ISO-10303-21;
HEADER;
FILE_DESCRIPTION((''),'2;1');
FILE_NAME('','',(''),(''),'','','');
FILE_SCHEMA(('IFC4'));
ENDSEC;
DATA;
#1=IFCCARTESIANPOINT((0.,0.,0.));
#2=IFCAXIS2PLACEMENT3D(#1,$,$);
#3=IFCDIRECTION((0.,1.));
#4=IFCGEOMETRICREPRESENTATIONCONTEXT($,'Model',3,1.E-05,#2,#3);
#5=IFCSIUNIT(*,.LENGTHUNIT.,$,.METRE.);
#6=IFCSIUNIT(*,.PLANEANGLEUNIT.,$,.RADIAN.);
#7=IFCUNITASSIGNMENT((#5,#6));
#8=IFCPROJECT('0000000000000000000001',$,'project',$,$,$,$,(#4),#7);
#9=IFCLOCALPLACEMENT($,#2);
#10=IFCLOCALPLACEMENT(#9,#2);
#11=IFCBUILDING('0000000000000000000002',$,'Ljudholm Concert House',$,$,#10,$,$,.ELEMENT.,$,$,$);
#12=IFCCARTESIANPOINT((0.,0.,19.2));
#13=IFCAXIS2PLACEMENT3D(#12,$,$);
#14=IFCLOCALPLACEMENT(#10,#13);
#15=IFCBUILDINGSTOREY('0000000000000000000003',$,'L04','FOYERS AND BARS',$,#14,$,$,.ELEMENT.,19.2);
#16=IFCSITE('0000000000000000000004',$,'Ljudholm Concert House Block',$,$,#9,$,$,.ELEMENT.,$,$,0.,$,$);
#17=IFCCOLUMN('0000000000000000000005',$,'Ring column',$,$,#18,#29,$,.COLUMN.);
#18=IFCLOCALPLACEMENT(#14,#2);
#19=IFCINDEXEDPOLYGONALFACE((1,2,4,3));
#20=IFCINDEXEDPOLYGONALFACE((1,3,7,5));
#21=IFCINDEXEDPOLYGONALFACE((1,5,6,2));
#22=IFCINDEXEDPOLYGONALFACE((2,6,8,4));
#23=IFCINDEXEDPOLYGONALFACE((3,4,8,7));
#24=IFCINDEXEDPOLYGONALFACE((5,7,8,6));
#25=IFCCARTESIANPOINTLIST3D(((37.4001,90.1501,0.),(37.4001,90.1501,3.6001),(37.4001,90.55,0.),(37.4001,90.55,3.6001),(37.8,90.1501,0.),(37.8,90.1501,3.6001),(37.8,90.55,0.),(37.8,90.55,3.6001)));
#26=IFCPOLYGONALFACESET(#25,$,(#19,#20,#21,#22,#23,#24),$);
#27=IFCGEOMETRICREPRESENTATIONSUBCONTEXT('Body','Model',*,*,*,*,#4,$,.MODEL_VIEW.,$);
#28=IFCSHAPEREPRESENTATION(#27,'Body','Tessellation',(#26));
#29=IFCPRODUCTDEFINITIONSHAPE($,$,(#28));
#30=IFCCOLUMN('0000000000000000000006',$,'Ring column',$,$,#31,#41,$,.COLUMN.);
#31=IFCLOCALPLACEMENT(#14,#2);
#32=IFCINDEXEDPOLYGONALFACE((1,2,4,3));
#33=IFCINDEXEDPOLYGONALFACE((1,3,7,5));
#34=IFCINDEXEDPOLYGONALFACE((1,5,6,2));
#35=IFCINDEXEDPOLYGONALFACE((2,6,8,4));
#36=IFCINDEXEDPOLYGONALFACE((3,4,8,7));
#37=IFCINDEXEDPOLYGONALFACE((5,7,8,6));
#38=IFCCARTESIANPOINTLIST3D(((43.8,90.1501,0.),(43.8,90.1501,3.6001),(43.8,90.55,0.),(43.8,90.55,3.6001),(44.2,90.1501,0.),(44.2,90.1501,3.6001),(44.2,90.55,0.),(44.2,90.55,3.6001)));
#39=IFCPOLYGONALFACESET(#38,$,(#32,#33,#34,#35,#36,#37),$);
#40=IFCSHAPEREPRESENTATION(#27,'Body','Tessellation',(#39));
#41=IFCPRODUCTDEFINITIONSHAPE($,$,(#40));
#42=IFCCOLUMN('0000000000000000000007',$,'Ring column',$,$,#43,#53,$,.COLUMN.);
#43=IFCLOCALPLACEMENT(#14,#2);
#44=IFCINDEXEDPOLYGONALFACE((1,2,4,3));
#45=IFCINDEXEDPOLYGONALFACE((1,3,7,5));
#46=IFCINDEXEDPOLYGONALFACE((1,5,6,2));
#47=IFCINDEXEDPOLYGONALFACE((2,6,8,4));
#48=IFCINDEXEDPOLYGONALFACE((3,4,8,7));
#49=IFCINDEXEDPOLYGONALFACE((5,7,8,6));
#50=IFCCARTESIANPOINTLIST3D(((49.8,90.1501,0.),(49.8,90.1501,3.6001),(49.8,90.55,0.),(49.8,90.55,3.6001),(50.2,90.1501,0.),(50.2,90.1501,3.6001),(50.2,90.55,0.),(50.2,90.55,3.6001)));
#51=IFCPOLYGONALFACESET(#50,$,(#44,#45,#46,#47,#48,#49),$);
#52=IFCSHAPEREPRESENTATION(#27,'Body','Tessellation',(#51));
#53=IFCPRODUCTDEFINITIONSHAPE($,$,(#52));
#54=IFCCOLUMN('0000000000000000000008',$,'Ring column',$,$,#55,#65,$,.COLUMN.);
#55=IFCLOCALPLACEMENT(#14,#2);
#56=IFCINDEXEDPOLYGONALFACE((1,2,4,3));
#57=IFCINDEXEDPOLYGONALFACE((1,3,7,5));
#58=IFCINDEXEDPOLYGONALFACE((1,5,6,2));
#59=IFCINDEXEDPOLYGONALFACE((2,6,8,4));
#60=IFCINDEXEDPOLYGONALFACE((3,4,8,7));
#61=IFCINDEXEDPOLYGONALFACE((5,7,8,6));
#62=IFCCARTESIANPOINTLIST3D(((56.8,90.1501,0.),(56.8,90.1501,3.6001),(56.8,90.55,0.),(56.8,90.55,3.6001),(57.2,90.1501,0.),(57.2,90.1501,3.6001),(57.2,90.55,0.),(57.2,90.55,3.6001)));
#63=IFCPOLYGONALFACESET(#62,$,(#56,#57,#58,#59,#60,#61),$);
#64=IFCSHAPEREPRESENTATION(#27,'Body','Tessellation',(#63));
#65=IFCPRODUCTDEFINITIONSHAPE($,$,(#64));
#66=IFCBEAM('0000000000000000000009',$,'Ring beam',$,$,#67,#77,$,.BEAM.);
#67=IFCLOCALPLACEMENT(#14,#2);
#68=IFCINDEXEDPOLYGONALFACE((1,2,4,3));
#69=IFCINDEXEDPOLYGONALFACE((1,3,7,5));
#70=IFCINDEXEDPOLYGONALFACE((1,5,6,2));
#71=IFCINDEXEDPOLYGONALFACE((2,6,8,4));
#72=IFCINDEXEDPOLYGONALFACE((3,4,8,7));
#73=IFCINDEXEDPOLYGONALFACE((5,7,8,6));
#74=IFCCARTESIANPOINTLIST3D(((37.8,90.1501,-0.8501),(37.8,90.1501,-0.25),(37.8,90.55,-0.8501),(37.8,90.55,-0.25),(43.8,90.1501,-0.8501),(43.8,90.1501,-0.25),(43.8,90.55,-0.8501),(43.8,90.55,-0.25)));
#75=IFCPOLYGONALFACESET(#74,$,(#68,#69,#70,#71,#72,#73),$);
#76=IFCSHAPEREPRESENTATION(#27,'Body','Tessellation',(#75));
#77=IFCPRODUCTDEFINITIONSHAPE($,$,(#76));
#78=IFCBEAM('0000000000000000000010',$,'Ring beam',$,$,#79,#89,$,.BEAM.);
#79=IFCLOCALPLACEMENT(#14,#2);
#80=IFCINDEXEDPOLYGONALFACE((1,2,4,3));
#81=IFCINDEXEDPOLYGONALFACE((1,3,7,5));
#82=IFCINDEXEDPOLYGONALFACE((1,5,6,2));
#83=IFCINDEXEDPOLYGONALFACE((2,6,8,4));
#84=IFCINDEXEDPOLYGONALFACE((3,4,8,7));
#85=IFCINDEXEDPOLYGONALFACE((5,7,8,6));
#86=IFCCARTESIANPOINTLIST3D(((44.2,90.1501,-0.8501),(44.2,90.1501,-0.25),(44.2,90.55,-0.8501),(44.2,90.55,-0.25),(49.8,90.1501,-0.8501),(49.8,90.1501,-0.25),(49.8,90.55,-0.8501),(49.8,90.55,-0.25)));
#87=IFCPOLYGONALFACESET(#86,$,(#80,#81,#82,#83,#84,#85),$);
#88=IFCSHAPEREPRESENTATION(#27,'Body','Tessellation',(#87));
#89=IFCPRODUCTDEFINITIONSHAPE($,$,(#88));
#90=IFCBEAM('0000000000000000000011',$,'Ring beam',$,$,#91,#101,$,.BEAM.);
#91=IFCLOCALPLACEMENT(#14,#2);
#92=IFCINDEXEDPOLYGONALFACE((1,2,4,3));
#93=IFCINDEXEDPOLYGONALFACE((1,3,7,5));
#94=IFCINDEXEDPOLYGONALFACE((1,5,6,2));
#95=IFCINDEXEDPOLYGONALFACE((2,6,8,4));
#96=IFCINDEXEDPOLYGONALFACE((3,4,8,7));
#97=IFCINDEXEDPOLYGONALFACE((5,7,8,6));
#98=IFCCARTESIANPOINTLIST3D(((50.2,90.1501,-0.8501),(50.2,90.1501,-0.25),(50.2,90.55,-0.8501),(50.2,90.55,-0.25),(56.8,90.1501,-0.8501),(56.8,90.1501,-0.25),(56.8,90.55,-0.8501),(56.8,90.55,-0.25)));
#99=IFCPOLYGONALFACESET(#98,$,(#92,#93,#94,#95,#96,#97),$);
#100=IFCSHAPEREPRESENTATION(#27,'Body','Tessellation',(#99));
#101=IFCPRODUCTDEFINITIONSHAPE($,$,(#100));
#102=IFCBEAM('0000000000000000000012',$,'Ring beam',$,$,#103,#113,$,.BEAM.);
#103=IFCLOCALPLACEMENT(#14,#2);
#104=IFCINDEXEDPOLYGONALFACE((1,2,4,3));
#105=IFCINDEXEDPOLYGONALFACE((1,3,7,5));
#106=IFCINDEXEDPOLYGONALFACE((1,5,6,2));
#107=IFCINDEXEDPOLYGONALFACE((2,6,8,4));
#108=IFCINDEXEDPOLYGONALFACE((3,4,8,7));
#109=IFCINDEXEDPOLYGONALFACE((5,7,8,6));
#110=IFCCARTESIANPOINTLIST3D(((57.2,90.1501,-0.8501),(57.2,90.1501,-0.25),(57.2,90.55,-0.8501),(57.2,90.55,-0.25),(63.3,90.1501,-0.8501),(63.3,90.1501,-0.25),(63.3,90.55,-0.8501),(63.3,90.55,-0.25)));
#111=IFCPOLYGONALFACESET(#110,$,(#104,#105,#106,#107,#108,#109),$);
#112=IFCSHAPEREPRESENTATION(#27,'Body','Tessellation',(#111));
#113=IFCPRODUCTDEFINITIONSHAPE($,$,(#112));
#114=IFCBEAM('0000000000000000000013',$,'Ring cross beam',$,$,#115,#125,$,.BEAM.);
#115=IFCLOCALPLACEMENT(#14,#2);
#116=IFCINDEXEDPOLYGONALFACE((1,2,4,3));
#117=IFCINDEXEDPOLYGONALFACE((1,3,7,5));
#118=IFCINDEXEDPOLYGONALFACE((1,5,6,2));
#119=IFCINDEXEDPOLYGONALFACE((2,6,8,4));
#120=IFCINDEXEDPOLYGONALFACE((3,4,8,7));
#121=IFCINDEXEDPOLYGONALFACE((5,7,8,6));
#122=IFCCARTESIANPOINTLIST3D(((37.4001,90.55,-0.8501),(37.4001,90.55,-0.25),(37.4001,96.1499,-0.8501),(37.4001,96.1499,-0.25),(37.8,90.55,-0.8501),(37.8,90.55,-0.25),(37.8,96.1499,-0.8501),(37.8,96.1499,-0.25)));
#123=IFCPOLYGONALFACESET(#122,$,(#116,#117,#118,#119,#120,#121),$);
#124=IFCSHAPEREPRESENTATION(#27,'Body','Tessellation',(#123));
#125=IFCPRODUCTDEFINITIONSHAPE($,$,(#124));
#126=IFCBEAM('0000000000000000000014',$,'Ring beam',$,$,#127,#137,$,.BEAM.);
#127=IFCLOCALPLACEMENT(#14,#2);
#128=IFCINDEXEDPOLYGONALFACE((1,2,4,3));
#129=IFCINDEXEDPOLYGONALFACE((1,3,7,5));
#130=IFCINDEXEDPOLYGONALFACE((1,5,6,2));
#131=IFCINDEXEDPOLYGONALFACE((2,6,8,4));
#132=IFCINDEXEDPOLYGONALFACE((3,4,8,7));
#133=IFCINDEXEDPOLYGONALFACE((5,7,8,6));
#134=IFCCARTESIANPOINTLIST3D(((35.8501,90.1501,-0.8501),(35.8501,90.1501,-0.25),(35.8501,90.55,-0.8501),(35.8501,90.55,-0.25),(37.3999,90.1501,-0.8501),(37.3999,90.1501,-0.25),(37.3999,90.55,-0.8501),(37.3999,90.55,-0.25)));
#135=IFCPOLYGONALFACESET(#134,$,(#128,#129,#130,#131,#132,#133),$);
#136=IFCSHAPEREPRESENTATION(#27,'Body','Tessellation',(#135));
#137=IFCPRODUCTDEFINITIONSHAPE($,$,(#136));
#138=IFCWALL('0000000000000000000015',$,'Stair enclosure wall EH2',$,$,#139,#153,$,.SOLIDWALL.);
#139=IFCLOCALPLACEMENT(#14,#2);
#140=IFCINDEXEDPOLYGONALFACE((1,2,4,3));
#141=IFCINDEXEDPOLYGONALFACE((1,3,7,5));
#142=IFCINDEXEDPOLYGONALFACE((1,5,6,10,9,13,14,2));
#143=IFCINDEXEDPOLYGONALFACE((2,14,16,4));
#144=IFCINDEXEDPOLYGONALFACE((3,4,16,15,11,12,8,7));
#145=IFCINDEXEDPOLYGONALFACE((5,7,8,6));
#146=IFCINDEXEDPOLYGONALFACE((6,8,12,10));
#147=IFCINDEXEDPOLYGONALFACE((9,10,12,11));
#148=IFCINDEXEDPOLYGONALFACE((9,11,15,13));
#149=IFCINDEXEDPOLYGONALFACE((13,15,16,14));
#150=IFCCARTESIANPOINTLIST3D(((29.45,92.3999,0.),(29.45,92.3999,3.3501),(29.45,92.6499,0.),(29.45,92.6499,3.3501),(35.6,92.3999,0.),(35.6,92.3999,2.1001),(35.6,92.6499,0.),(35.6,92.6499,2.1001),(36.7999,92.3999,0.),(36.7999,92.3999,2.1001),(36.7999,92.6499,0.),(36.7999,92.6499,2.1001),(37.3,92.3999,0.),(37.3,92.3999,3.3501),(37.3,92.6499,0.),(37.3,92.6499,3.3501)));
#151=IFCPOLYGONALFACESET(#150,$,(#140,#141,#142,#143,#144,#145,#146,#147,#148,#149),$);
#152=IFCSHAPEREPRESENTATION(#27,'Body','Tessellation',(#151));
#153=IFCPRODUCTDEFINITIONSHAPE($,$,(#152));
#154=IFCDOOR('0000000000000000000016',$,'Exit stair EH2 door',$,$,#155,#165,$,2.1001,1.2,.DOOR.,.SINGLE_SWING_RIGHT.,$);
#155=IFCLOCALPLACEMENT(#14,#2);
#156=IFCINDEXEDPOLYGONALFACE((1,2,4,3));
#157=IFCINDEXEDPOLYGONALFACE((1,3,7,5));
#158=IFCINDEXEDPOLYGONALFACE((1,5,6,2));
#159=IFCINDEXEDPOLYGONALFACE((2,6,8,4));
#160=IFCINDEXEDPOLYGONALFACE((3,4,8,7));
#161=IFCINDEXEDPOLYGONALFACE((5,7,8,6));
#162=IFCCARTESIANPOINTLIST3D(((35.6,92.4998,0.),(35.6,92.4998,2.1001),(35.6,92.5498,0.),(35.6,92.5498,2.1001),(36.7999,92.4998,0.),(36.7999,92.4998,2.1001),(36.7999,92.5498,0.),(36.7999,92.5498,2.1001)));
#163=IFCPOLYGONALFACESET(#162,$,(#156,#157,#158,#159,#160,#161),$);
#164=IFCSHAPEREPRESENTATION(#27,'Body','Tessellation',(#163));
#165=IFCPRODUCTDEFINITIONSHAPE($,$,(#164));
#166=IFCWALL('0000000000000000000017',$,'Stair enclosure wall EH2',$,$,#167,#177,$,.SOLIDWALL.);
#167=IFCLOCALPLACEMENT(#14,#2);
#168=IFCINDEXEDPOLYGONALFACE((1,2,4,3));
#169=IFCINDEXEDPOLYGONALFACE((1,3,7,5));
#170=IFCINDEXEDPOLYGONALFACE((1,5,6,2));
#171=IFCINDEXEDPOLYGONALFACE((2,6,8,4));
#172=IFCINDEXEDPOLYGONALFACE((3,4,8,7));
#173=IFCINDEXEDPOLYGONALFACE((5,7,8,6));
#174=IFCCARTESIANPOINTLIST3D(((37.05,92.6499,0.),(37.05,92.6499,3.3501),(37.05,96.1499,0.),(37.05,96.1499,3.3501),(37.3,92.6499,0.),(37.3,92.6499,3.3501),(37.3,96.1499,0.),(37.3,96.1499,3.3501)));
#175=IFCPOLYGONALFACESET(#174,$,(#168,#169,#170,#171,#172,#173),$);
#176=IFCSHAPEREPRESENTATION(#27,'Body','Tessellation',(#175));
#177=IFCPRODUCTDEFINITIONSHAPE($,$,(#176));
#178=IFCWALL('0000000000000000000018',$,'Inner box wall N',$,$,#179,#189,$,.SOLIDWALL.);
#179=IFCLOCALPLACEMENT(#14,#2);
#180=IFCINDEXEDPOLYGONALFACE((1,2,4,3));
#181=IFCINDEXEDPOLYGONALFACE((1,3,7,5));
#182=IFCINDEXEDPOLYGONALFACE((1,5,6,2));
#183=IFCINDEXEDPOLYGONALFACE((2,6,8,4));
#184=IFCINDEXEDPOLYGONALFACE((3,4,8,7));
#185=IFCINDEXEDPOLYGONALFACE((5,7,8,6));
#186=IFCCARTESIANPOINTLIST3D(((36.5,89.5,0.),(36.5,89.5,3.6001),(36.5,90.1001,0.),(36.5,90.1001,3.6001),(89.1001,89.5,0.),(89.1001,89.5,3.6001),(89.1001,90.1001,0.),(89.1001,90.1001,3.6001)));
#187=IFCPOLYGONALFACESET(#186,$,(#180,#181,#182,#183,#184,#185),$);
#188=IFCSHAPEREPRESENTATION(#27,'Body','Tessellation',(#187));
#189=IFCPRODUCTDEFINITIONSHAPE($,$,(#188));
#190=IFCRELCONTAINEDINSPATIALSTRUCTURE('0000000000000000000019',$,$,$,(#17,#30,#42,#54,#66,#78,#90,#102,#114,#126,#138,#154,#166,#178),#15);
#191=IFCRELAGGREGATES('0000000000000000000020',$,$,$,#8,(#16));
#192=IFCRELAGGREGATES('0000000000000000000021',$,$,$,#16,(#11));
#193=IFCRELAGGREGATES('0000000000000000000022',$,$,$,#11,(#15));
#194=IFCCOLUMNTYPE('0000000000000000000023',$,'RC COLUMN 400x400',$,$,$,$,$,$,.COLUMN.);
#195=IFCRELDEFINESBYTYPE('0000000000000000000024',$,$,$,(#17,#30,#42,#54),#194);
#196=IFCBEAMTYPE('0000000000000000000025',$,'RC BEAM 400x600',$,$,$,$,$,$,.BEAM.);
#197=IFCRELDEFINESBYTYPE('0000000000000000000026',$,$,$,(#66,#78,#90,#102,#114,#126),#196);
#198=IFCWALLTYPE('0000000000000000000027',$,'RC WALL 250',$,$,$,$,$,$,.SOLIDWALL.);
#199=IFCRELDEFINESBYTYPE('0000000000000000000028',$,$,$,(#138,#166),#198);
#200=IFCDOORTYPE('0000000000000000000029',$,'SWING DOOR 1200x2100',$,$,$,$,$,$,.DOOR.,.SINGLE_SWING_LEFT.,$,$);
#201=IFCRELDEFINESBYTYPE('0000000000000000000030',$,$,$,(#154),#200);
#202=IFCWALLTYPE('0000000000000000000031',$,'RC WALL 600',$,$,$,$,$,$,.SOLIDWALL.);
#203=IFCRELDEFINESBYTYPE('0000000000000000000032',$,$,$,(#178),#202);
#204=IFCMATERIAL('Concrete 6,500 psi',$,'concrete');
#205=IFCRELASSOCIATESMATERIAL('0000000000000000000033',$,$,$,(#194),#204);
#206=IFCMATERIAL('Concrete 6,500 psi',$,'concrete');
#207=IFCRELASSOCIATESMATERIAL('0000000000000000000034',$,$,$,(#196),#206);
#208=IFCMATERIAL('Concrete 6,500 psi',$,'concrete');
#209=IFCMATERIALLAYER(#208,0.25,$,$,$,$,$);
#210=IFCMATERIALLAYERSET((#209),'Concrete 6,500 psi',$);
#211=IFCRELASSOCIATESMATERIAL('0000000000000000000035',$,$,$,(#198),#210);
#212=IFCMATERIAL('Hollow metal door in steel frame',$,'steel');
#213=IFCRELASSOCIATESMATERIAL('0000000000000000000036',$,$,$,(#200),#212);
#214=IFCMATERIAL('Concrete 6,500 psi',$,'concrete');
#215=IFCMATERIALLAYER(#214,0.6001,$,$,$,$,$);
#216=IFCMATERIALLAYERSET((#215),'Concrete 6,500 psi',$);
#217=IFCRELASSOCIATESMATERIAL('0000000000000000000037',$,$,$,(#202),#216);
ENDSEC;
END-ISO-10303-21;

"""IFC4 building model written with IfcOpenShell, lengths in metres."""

from ifc_helpers import new_model, si_unit, direction, frame, frame_2d, origin, origin_2d, place, context, subcontext, project, spatial, rectangle, extrude, material, layer, layer_set, material_profile, profile_set, type_object, element, fill, save


model = new_model("IFC4")

# Units and contexts
model_context = context("Model", 3, precision=1e-05, world=origin(), true_north=direction((0.0, 1.0)))
body_context = subcontext(model_context, "Body", "Model", "MODEL_VIEW")
ifc_project = project(units=[si_unit("LENGTHUNIT", "METRE"), si_unit("PLANEANGLEUNIT", "RADIAN")], contexts=[model_context])

# Site, building, storey
site_placement = place(None, origin())
site = spatial("IfcSite", under=ifc_project, at=site_placement, Name="Ljudholm Concert House Block", CompositionType="ELEMENT", RefElevation=0.0)
building_placement = place(site_placement, origin())
building = spatial("IfcBuilding", under=site, at=building_placement, Name="Ljudholm Concert House", CompositionType="ELEMENT")
storey_placement = place(building_placement, frame((0.0, 0.0, 19.2)))
storey = spatial("IfcBuildingStorey", under=building, at=storey_placement, Name="L04", Description="FOYERS AND BARS", CompositionType="ELEMENT", Elevation=19.2)

# Columns
ifc_material_1 = material(Name="Concrete 6,500 psi", Category="concrete")
ifc_material_profile_1 = material_profile(ifc_material_1, rectangle(XDim=0.3999, YDim=0.3999, at=origin_2d()), Name="RC COLUMN 400x400")
ifc_profile_set_1 = profile_set([ifc_material_profile_1], Name="Concrete 6,500 psi")
column_type = type_object("IfcColumnType", Name="RC COLUMN 400x400", PredefinedType="COLUMN", material=ifc_profile_set_1)
for number, where, z_axis, x_axis, name in (
    (1, (37.6001, 90.3501, 0.0), (0.0, 0.0, 1.0), (1.0, 0.0, 0.0), "Ring column"),
    (2, (44.0, 90.3501, 0.0), (0.0, 0.0, 1.0), (1.0, 0.0, 0.0), "Ring column"),
    (3, (50.0, 90.3501, 0.0), (0.0, 0.0, 1.0), (1.0, 0.0, 0.0), "Ring column"),
    (4, (57.0, 90.3501, 0.0), (0.0, 0.0, 1.0), (1.0, 0.0, 0.0), "Ring column"),
):
    element("IfcColumn", number, at=place(storey_placement, frame(where, z_axis=z_axis, x_axis=x_axis)), inside=storey, type_object=column_type, Name=name, PredefinedType="COLUMN", context=body_context, shape_type="SweptSolid", body=[
        extrude(rectangle(XDim=0.3999, YDim=0.3999, at=origin_2d()), origin(), (0.0, 0.0, 1.0), 3.6001),
    ])

# Beams
ifc_material_2 = material(Name="Concrete 6,500 psi", Category="concrete")
ifc_material_profile_2 = material_profile(ifc_material_2, rectangle(XDim=0.3999, YDim=0.6001, at=origin_2d()), Name="RC BEAM 400x600")
ifc_profile_set_2 = profile_set([ifc_material_profile_2], Name="Concrete 6,500 psi")
beam_type = type_object("IfcBeamType", Name="RC BEAM 400x600", PredefinedType="BEAM", material=ifc_profile_set_2)
beam_1_placement = place(storey_placement, frame((37.8, 90.3501, -0.55), z_axis=(1.0, 0.0, 0.0), x_axis=(0.0, 1.0, 0.0)))
element("IfcBeam", 5, at=beam_1_placement, inside=storey, type_object=beam_type, Name="Ring beam", PredefinedType="BEAM", context=body_context, shape_type="SweptSolid", body=[
    extrude(rectangle(XDim=0.3999, YDim=0.6001, at=origin_2d()), origin(), (0.0, 0.0, 1.0), 6.0),
])
beam_2_placement = place(storey_placement, frame((44.2, 90.3501, -0.55), z_axis=(1.0, 0.0, 0.0), x_axis=(0.0, 1.0, 0.0)))
element("IfcBeam", 6, at=beam_2_placement, inside=storey, type_object=beam_type, Name="Ring beam", PredefinedType="BEAM", context=body_context, shape_type="SweptSolid", body=[
    extrude(rectangle(XDim=0.3999, YDim=0.6001, at=origin_2d()), origin(), (0.0, 0.0, 1.0), 5.6001),
])
beam_3_placement = place(storey_placement, frame((50.2, 90.3501, -0.55), z_axis=(1.0, 0.0, 0.0), x_axis=(0.0, 1.0, 0.0)))
element("IfcBeam", 7, at=beam_3_placement, inside=storey, type_object=beam_type, Name="Ring beam", PredefinedType="BEAM", context=body_context, shape_type="SweptSolid", body=[
    extrude(rectangle(XDim=0.3999, YDim=0.6001, at=origin_2d()), origin(), (0.0, 0.0, 1.0), 6.6001),
])
beam_4_placement = place(storey_placement, frame((57.2, 90.3501, -0.55), z_axis=(1.0, 0.0, 0.0), x_axis=(0.0, 1.0, 0.0)))
element("IfcBeam", 8, at=beam_4_placement, inside=storey, type_object=beam_type, Name="Ring beam", PredefinedType="BEAM", context=body_context, shape_type="SweptSolid", body=[
    extrude(rectangle(XDim=0.3999, YDim=0.6001, at=origin_2d()), origin(), (0.0, 0.0, 1.0), 6.1001),
])
beam_5_placement = place(storey_placement, frame((37.6001, 90.55, -0.55), z_axis=(0.0, 1.0, 0.0), x_axis=(-1.0, 0.0, 0.0)))
element("IfcBeam", 9, at=beam_5_placement, inside=storey, type_object=beam_type, Name="Ring cross beam", PredefinedType="BEAM", context=body_context, shape_type="SweptSolid", body=[
    extrude(rectangle(XDim=0.3999, YDim=0.6001, at=origin_2d()), origin(), (0.0, 0.0, 1.0), 5.5999),
])
beam_6_placement = place(storey_placement, frame((35.8501, 90.3501, -0.55), z_axis=(1.0, 0.0, 0.0), x_axis=(0.0, 1.0, 0.0)))
element("IfcBeam", 10, at=beam_6_placement, inside=storey, type_object=beam_type, Name="Ring beam", PredefinedType="BEAM", context=body_context, shape_type="SweptSolid", body=[
    extrude(rectangle(XDim=0.3999, YDim=0.6001, at=origin_2d()), origin(), (0.0, 0.0, 1.0), 1.5498),
])

# Wall, opening, door
ifc_material_3 = material(Name="Concrete 6,500 psi", Category="concrete")
ifc_layer_1 = layer(ifc_material_3, 0.25)
ifc_layer_set_1 = layer_set([ifc_layer_1], Name="Concrete 6,500 psi")
wall_type_1 = type_object("IfcWallType", Name="RC WALL 250", PredefinedType="SOLIDWALL", material=ifc_layer_set_1)
wall_1_placement = place(storey_placement, frame((29.45, 92.5249, 0.0), z_axis=(0.0, 0.0, 1.0), x_axis=(1.0, 0.0, 0.0)))
wall_1 = element("IfcWall", 11, at=wall_1_placement, inside=storey, type_object=wall_type_1, Name="Stair enclosure wall EH2", PredefinedType="SOLIDWALL", context=body_context, shape_type="SweptSolid", body=[
    extrude(rectangle(XDim=7.8501, YDim=0.25, at=frame_2d((3.925, 0.0))), origin(), (0.0, 0.0, 1.0), 3.3501),
])
opening_placement = place(wall_1_placement, frame((6.1499, 0.0, 0.0)))
opening = element("IfcOpeningElement", 12, at=opening_placement, cuts=wall_1, PredefinedType="OPENING", context=body_context, shape_type="SweptSolid", body=[
    extrude(rectangle(XDim=1.2, YDim=2.1001, at=frame_2d((0.6001, 1.05))), frame((0.0, 0.135, 0.0), z_axis=(0.0, -1.0, 0.0), x_axis=(1.0, 0.0, 0.0)), (0.0, 0.0, 1.0), 0.27),
])
ifc_material_4 = material(Name="Hollow metal door in steel frame", Category="steel")
door_type = type_object("IfcDoorType", Name="SWING DOOR 1200x2100", OperationType="SINGLE_SWING_LEFT", PredefinedType="DOOR", material=ifc_material_4)
door_placement = place(opening_placement, origin())
door = element("IfcDoor", 13, at=door_placement, inside=storey, type_object=door_type, Name="Exit stair EH2 door", OperationType="SINGLE_SWING_RIGHT", OverallHeight=2.1001, OverallWidth=1.2, PredefinedType="DOOR", context=body_context, shape_type="SweptSolid", body=[
    extrude(rectangle(XDim=1.2, YDim=2.1001, at=frame_2d((0.6001, 1.05))), frame((0.0, 0.0249, 0.0), z_axis=(0.0, -1.0, 0.0), x_axis=(1.0, 0.0, 0.0)), (0.0, 0.0, 1.0), 0.05),
])
fill(opening, door)

# Walls
wall_2_placement = place(storey_placement, frame((37.175, 92.6499, 0.0), z_axis=(0.0, 0.0, 1.0), x_axis=(0.0, 1.0, 0.0)))
element("IfcWall", 14, at=wall_2_placement, inside=storey, type_object=wall_type_1, Name="Stair enclosure wall EH2", PredefinedType="SOLIDWALL", context=body_context, shape_type="SweptSolid", body=[
    extrude(rectangle(XDim=3.5, YDim=0.25, at=frame_2d((1.75, 0.0))), origin(), (0.0, 0.0, 1.0), 3.3501),
])
ifc_material_5 = material(Name="Concrete 6,500 psi", Category="concrete")
ifc_layer_2 = layer(ifc_material_5, 0.6001)
ifc_layer_set_2 = layer_set([ifc_layer_2], Name="Concrete 6,500 psi")
wall_type_2 = type_object("IfcWallType", Name="RC WALL 600", PredefinedType="SOLIDWALL", material=ifc_layer_set_2)
wall_3_placement = place(storey_placement, frame((36.5, 89.8, 0.0), z_axis=(0.0, 0.0, 1.0), x_axis=(1.0, 0.0, 0.0)))
element("IfcWall", 15, at=wall_3_placement, inside=storey, type_object=wall_type_2, Name="Inner box wall N", PredefinedType="SOLIDWALL", context=body_context, shape_type="SweptSolid", body=[
    extrude(rectangle(XDim=52.6001, YDim=0.6001, at=frame_2d((26.3, 0.0))), origin(), (0.0, 0.0, 1.0), 3.6001),
])

save(model, "model.ifc")
